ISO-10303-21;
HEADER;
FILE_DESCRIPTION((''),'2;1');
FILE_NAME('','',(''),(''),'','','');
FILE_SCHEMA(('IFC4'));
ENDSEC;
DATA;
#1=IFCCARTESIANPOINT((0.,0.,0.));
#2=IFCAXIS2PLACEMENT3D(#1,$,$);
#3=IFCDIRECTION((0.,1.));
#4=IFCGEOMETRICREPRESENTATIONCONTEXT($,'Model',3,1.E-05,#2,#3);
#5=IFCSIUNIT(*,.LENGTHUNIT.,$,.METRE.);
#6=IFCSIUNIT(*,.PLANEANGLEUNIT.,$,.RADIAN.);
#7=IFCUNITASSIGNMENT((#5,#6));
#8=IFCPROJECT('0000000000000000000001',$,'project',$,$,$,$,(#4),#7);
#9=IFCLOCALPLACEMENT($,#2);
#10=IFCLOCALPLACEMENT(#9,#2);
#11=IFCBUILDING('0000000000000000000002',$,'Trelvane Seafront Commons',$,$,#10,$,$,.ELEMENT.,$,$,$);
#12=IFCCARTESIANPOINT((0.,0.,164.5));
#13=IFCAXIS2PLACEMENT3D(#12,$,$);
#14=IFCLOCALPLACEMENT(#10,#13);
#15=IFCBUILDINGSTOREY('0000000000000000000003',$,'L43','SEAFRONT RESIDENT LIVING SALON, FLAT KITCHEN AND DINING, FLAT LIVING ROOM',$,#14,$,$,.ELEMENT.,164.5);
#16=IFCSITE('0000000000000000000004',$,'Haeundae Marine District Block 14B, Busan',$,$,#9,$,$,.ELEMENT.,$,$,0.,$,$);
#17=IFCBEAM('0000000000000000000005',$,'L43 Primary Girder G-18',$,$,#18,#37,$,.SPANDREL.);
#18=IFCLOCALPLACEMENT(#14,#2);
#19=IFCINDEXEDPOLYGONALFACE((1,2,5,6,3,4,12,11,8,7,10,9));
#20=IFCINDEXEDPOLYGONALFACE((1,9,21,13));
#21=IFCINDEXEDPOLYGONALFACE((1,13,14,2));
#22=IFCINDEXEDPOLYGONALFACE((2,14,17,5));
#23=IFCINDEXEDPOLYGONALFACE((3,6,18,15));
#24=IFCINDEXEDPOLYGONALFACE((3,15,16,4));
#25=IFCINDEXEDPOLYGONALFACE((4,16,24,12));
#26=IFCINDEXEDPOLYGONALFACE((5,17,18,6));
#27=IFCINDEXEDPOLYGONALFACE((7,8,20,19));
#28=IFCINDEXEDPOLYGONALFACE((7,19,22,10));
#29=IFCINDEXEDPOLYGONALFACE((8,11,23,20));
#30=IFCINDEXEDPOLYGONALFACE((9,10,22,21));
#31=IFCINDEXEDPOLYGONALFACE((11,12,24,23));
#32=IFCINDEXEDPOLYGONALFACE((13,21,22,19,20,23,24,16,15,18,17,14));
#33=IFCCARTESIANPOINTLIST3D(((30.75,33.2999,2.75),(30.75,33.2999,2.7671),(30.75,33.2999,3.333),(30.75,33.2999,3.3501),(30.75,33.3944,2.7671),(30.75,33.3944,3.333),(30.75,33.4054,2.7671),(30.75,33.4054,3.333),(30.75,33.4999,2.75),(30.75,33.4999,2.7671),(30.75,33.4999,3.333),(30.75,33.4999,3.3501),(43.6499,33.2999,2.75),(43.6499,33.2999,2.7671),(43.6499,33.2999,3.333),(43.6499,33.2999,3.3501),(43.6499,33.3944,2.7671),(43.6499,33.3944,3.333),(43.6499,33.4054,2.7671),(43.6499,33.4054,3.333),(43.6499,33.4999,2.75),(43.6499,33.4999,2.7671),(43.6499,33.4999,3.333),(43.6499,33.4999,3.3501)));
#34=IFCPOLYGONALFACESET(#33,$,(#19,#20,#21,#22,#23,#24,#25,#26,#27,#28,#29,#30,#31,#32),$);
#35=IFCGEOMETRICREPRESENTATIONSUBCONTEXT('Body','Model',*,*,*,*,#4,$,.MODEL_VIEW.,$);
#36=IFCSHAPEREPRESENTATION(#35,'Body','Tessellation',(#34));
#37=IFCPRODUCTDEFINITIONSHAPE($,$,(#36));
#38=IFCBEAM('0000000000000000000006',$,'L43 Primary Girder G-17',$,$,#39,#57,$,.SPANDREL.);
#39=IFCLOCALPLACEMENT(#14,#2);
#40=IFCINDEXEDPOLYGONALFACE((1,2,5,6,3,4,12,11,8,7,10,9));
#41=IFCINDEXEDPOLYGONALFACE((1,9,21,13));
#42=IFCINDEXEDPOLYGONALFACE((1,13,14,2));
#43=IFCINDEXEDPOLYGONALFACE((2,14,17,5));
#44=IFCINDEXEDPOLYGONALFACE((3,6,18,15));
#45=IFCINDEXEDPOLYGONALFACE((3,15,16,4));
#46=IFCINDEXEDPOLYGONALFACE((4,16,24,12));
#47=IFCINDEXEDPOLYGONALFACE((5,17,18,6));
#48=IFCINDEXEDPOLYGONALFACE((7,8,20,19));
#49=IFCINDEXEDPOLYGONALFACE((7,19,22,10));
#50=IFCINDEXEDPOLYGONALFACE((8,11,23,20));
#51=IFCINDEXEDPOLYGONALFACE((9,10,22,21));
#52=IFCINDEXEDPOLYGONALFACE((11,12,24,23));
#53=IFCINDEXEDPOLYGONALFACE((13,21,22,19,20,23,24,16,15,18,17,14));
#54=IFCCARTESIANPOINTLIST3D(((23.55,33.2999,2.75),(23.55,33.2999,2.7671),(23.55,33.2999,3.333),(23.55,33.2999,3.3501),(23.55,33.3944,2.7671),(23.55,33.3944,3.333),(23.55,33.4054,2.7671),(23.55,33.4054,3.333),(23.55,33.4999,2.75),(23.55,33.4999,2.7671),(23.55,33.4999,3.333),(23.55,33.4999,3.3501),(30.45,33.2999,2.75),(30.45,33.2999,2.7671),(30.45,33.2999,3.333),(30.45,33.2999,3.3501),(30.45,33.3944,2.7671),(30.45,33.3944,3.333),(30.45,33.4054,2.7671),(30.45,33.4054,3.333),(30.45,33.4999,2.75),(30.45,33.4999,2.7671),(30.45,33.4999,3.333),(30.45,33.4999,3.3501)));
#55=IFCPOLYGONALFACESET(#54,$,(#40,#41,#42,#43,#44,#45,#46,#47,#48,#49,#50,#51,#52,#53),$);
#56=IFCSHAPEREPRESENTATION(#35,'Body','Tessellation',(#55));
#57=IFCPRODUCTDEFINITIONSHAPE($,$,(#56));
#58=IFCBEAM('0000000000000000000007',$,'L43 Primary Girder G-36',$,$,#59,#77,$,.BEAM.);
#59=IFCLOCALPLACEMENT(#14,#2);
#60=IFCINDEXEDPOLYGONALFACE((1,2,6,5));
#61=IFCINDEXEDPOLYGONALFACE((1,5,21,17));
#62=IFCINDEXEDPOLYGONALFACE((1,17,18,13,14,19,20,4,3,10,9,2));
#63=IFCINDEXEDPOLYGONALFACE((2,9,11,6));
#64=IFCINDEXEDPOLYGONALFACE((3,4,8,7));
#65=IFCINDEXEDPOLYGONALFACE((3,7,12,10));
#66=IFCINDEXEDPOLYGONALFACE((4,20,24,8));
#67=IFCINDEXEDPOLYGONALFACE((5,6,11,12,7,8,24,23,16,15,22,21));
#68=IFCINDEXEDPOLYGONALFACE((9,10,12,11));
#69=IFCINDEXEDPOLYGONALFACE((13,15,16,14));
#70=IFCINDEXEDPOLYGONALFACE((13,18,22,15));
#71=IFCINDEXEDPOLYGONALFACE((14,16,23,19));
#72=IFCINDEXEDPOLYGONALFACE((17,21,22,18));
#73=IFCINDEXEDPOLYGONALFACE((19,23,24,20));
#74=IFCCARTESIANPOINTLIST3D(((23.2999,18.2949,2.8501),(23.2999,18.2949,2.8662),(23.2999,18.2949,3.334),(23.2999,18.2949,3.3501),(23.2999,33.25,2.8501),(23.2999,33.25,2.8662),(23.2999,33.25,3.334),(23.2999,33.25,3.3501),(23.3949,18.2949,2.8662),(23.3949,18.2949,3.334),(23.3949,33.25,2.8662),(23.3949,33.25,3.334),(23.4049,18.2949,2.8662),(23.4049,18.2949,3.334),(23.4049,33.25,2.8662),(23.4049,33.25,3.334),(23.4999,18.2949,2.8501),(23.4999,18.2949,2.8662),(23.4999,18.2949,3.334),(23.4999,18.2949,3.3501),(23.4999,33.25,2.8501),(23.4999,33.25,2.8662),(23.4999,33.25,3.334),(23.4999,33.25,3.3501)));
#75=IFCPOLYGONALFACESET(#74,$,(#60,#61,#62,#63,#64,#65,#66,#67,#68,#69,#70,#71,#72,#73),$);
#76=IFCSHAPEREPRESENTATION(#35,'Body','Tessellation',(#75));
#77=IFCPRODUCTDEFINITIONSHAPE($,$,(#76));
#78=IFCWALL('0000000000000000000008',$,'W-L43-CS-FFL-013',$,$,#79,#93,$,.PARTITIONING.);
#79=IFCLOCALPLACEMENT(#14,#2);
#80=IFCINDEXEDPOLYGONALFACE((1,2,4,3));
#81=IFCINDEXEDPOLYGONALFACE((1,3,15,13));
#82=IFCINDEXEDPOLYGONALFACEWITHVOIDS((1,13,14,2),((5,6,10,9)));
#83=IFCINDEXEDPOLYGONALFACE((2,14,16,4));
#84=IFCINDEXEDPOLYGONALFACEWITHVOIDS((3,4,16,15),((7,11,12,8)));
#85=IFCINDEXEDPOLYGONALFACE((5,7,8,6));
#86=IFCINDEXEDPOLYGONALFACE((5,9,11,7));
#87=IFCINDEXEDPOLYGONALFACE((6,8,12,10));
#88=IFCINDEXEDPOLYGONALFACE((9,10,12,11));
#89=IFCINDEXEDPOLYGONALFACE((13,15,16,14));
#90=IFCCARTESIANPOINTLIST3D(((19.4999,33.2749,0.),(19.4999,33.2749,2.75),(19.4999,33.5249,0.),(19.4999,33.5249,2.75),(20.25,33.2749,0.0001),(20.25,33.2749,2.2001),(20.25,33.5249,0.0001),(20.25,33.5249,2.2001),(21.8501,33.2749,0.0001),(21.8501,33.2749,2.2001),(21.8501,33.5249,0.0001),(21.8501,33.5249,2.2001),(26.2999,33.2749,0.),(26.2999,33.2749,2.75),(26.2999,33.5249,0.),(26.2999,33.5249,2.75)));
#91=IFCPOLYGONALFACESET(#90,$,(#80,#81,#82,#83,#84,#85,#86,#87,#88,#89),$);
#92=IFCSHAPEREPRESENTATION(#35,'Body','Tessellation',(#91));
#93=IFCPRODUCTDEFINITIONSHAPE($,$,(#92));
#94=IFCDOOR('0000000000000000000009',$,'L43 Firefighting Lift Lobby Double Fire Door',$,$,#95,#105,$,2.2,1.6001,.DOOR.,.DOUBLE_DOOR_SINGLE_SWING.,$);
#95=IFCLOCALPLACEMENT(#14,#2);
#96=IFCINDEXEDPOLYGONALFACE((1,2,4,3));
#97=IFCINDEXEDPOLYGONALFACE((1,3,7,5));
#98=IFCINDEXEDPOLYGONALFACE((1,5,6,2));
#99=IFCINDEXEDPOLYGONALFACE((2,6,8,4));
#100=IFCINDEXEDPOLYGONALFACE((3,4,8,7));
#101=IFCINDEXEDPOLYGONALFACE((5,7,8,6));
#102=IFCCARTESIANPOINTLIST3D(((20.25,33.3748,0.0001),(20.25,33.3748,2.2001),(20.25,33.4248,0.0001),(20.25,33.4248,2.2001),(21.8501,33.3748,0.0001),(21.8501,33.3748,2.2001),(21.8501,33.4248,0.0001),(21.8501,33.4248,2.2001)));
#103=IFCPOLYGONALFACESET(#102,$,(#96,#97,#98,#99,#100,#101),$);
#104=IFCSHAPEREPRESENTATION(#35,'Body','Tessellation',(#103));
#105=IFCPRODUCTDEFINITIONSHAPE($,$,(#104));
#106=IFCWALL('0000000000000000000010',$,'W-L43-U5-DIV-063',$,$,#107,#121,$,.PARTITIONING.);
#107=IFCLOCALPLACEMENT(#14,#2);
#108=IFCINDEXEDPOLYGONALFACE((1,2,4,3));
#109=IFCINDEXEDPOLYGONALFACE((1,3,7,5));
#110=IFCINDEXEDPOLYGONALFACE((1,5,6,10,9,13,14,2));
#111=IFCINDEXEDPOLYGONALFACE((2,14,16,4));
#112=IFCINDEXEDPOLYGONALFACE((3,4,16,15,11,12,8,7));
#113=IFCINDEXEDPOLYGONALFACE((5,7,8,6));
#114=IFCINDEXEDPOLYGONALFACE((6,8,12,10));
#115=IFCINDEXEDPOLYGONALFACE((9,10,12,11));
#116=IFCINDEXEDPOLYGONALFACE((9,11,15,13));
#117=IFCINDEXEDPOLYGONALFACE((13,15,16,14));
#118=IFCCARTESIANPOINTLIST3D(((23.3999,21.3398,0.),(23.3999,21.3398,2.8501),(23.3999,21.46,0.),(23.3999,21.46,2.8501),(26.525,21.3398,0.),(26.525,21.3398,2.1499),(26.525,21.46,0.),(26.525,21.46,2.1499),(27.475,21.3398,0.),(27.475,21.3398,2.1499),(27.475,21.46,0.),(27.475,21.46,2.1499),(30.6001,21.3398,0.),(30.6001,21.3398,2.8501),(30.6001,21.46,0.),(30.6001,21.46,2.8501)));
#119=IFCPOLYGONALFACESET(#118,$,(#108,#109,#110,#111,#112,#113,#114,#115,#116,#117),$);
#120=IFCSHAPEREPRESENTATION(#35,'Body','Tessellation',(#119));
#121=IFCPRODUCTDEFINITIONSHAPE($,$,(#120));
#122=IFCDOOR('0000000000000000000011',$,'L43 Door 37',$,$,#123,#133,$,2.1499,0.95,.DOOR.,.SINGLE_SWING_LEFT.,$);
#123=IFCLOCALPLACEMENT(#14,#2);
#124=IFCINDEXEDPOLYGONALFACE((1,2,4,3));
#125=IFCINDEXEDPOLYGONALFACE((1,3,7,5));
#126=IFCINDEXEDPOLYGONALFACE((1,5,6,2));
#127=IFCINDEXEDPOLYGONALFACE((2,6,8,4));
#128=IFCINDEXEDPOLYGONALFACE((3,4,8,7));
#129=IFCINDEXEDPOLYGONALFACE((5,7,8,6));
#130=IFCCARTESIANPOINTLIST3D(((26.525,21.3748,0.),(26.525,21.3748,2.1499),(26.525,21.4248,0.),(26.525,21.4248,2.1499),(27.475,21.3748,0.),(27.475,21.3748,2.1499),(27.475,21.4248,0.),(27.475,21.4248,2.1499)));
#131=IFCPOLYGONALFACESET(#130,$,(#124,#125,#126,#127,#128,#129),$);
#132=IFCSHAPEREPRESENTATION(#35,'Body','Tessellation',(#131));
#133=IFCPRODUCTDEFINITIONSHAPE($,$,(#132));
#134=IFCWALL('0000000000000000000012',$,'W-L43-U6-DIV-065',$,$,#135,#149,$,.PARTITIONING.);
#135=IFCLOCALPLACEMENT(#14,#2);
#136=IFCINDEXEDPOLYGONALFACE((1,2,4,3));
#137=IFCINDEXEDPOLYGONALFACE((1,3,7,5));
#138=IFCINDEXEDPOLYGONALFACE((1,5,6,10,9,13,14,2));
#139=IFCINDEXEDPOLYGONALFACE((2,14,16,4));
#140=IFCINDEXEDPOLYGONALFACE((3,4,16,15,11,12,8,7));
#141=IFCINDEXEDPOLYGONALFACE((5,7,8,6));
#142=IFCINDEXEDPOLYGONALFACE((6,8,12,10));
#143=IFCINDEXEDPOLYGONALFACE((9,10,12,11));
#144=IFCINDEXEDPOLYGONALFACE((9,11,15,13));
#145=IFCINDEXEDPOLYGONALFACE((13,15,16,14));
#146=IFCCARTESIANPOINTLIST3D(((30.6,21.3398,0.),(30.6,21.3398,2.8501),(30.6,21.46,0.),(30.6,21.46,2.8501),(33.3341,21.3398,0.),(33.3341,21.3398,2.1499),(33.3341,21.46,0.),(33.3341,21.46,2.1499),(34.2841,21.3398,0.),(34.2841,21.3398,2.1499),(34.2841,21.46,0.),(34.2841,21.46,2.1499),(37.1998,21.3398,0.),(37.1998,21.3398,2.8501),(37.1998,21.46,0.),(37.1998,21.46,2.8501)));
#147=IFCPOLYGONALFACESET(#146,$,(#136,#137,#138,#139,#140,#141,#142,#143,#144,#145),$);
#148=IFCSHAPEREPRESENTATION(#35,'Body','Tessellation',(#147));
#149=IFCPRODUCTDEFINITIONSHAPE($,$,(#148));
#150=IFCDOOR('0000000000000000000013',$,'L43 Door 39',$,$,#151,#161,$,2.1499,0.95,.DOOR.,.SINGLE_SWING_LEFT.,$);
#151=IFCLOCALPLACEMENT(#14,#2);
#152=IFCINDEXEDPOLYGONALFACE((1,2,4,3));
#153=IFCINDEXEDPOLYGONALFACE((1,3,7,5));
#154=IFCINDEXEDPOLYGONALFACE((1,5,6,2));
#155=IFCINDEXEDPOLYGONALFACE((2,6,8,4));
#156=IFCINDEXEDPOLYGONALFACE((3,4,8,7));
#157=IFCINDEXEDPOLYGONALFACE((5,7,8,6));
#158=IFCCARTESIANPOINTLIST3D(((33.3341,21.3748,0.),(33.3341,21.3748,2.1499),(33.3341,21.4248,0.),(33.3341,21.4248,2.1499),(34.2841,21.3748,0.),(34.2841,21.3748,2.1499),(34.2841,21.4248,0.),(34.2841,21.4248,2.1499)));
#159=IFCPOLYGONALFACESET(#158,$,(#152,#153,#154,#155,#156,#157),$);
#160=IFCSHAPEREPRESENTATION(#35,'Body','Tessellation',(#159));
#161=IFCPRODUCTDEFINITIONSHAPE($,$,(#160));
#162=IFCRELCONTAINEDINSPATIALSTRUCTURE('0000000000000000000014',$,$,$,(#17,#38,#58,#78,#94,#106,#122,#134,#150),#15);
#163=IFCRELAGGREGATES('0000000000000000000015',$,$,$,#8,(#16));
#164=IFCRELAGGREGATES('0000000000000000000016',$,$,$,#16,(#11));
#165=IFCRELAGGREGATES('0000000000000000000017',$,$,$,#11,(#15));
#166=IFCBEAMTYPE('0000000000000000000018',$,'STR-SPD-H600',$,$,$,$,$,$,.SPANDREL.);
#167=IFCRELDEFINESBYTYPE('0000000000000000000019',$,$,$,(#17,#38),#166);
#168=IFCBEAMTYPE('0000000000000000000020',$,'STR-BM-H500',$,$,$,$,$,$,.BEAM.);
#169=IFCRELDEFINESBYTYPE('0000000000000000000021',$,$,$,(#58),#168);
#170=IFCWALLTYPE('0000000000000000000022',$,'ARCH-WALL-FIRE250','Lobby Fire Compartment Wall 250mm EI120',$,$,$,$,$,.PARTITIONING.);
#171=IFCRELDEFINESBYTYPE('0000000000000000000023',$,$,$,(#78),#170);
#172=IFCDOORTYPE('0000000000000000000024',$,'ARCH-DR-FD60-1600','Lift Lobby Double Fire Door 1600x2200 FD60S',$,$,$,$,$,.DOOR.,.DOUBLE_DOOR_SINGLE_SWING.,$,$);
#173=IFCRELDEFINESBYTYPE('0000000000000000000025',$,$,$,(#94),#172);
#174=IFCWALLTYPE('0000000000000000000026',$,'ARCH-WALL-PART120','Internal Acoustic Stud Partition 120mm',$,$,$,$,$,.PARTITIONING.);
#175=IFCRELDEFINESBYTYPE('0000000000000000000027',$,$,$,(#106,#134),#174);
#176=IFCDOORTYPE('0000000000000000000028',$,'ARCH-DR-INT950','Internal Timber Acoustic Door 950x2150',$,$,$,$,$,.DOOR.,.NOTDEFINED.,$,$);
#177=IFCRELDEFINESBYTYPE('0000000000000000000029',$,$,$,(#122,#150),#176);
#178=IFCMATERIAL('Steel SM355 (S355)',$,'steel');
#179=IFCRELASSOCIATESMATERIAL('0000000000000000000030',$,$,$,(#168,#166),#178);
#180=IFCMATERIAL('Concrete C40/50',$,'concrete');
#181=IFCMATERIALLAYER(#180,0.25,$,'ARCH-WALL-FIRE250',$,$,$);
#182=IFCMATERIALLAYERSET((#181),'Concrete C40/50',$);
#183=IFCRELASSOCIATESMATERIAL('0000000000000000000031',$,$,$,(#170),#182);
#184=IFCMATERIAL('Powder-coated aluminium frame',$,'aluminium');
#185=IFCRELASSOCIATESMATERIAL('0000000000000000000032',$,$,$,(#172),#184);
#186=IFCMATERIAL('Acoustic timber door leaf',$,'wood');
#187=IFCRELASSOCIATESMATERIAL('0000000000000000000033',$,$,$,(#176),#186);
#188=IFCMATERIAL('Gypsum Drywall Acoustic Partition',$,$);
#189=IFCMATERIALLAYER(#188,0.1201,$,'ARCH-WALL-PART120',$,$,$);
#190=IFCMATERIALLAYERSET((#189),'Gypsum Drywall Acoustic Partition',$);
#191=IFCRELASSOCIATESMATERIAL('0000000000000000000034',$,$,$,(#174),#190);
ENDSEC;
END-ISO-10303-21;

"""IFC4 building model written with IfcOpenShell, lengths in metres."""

from ifc_helpers import new_model, si_unit, direction, frame, frame_2d, origin, origin_2d, place, context, subcontext, project, spatial, rectangle, i_section, extrude, source, transform, mapped, material, layer, layer_set, material_profile, profile_set, type_object, element, fill, save


model = new_model("IFC4")

# Units and contexts
model_context = context("Model", 3, precision=1e-05, world=origin(), true_north=direction((0.0, 1.0)))
body_context = subcontext(model_context, "Body", "Model", "MODEL_VIEW")
ifc_project = project(units=[si_unit("LENGTHUNIT", "METRE"), si_unit("PLANEANGLEUNIT", "RADIAN")], contexts=[model_context])

# Site, building, storey
site_placement = place(None, origin())
site = spatial("IfcSite", under=ifc_project, at=site_placement, Name="Haeundae Marine District Block 14B, Busan", CompositionType="ELEMENT", RefElevation=0.0)
building_placement = place(site_placement, origin())
building = spatial("IfcBuilding", under=site, at=building_placement, Name="Trelvane Seafront Commons", CompositionType="ELEMENT")
storey_placement = place(building_placement, frame((0.0, 0.0, 164.5)))
storey = spatial("IfcBuildingStorey", under=building, at=storey_placement, Name="L43", Description="SEAFRONT RESIDENT LIVING SALON, FLAT KITCHEN AND DINING, FLAT LIVING ROOM", CompositionType="ELEMENT", Elevation=164.5)

# Shared definitions
ifc_material_1 = material(Name="Steel SM355 (S355)", Category="steel")

# Beams
ifc_material_profile_1 = material_profile(ifc_material_1, i_section(OverallWidth=0.2, OverallDepth=0.5, WebThickness=0.01, FlangeThickness=0.0161, at=origin_2d()), Name="H-500x200x10x16")
ifc_profile_set_1 = profile_set([ifc_material_profile_1], Name="Steel SM355 (S355)")
beam_type_1 = type_object("IfcBeamType", Name="STR-BM-H500", PredefinedType="BEAM", material=ifc_profile_set_1)
ifc_material_profile_2 = material_profile(ifc_material_1, i_section(OverallWidth=0.2, OverallDepth=0.6001, WebThickness=0.011, FlangeThickness=0.0171, at=origin_2d()), Name="H-600x200x11x17")
ifc_profile_set_2 = profile_set([ifc_material_profile_2], Name="Steel SM355 (S355)")
beam_type_2 = type_object("IfcBeamType", Name="STR-SPD-H600", PredefinedType="SPANDREL", material=ifc_profile_set_2)
shared_shape_1 = source(origin(), body_context, "Body", "SweptSolid", [
    extrude(i_section(OverallWidth=0.2, OverallDepth=0.6001, WebThickness=0.011, FlangeThickness=0.0171, at=origin_2d()), origin(), (0.0, 0.0, 1.0), 12.8999),
])
for number, where, z_axis, x_axis, name in (
    (1, (30.75, 33.3999, 3.05), (1.0, 0.0, 0.0), (0.0, 1.0, 0.0), "L43 Primary Girder G-18"),
):
    element("IfcBeam", number, at=place(storey_placement, frame(where, z_axis=z_axis, x_axis=x_axis)), inside=storey, type_object=beam_type_2, Name=name, PredefinedType="SPANDREL", context=body_context, shape_type="MappedRepresentation", body=[
        mapped(shared_shape_1, transform((0.0, 0.0, 0.0), x_axis=(1.0, 0.0, 0.0), y_axis=(0.0, 1.0, 0.0), z_axis=(0.0, 0.0, 1.0), scale=1.0)),
    ])
shared_shape_2 = source(origin(), body_context, "Body", "SweptSolid", [
    extrude(i_section(OverallWidth=0.2, OverallDepth=0.6001, WebThickness=0.011, FlangeThickness=0.0171, at=origin_2d()), origin(), (0.0, 0.0, 1.0), 6.8999),
])
beam_1_placement = place(storey_placement, frame((23.55, 33.3999, 3.05), z_axis=(1.0, 0.0, 0.0), x_axis=(0.0, 1.0, 0.0)))
element("IfcBeam", 2, at=beam_1_placement, inside=storey, type_object=beam_type_2, Name="L43 Primary Girder G-17", PredefinedType="SPANDREL", context=body_context, shape_type="MappedRepresentation", body=[
    mapped(shared_shape_2, transform((0.0, 0.0, 0.0), x_axis=(1.0, 0.0, 0.0), y_axis=(0.0, 1.0, 0.0), z_axis=(0.0, 0.0, 1.0), scale=1.0)),
])
shared_shape_3 = source(origin(), body_context, "Body", "SweptSolid", [
    extrude(i_section(OverallWidth=0.2, OverallDepth=0.5, WebThickness=0.01, FlangeThickness=0.0161, at=origin_2d()), origin(), (0.0, 0.0, 1.0), 14.9551),
])
beam_2_placement = place(storey_placement, frame((23.3999, 18.2949, 3.1001), z_axis=(0.0, 1.0, 0.0), x_axis=(-1.0, 0.0, 0.0)))
element("IfcBeam", 3, at=beam_2_placement, inside=storey, type_object=beam_type_1, Name="L43 Primary Girder G-36", PredefinedType="BEAM", context=body_context, shape_type="MappedRepresentation", body=[
    mapped(shared_shape_3, transform((0.0, 0.0, 0.0), x_axis=(1.0, 0.0, 0.0), y_axis=(0.0, 1.0, 0.0), z_axis=(0.0, 0.0, 1.0), scale=1.0)),
])

# Walls, openings, doors
ifc_material_2 = material(Name="Concrete C40/50", Category="concrete")
ifc_layer_1 = layer(ifc_material_2, 0.25, Name="ARCH-WALL-FIRE250")
ifc_layer_set_1 = layer_set([ifc_layer_1], Name="Concrete C40/50")
wall_type_1 = type_object("IfcWallType", Name="ARCH-WALL-FIRE250", Description="Lobby Fire Compartment Wall 250mm EI120", PredefinedType="PARTITIONING", material=ifc_layer_set_1)
wall_1_placement = place(storey_placement, frame((19.5, 33.3999, 0.0), z_axis=(0.0, 0.0, 1.0), x_axis=(1.0, 0.0, 0.0)))
wall_1 = element("IfcWall", 4, at=wall_1_placement, inside=storey, type_object=wall_type_1, Name="W-L43-CS-FFL-013", PredefinedType="PARTITIONING", context=body_context, shape_type="SweptSolid", body=[
    extrude(rectangle(XDim=6.8, YDim=0.25, at=frame_2d((3.3999, 0.0))), origin(), (0.0, 0.0, 1.0), 2.75),
])
opening_1_placement = place(wall_1_placement, frame((0.75, 0.0, 0.0)))
opening_1 = element("IfcOpeningElement", 5, at=opening_1_placement, cuts=wall_1, PredefinedType="OPENING", context=body_context, shape_type="SweptSolid", body=[
    extrude(rectangle(XDim=1.6001, YDim=2.2, at=frame_2d((0.8, 1.1001))), frame((0.0, 0.135, 0.0), z_axis=(0.0, -1.0, 0.0), x_axis=(1.0, 0.0, 0.0)), (0.0, 0.0, 1.0), 0.27),
])
ifc_material_3 = material(Name="Powder-coated aluminium frame", Category="aluminium")
door_type_1 = type_object("IfcDoorType", Name="ARCH-DR-FD60-1600", Description="Lift Lobby Double Fire Door 1600x2200 FD60S", OperationType="DOUBLE_DOOR_SINGLE_SWING", PredefinedType="DOOR", material=ifc_material_3)
shared_shape_4 = source(origin(), body_context, "Body", "SweptSolid", [
    extrude(rectangle(XDim=1.6001, YDim=2.2, at=frame_2d((0.8, 1.1001))), frame((0.0, 0.0249, 0.0), z_axis=(0.0, -1.0, 0.0), x_axis=(1.0, 0.0, 0.0)), (0.0, 0.0, 1.0), 0.05),
])
door_1_placement = place(opening_1_placement, origin())
door_1 = element("IfcDoor", 6, at=door_1_placement, inside=storey, type_object=door_type_1, Name="L43 Firefighting Lift Lobby Double Fire Door", OperationType="DOUBLE_DOOR_SINGLE_SWING", OverallHeight=2.2, OverallWidth=1.6001, PredefinedType="DOOR", context=body_context, shape_type="MappedRepresentation", body=[
    mapped(shared_shape_4, transform((0.0, 0.0, 0.0), x_axis=(1.0, 0.0, 0.0), y_axis=(0.0, 1.0, 0.0), z_axis=(0.0, 0.0, 1.0), scale=1.0)),
])
fill(opening_1, door_1)
ifc_material_4 = material(Name="Acoustic timber door leaf", Category="wood")
door_type_2 = type_object("IfcDoorType", Name="ARCH-DR-INT950", Description="Internal Timber Acoustic Door 950x2150", OperationType="NOTDEFINED", PredefinedType="DOOR", material=ifc_material_4)
shared_shape_5 = source(origin(), body_context, "Body", "SweptSolid", [
    extrude(rectangle(XDim=0.95, YDim=2.1499, at=frame_2d((0.4751, 1.075))), frame((0.0, 0.0249, 0.0), z_axis=(0.0, -1.0, 0.0), x_axis=(1.0, 0.0, 0.0)), (0.0, 0.0, 1.0), 0.05),
])
ifc_material_5 = material(Name="Gypsum Drywall Acoustic Partition")
ifc_layer_2 = layer(ifc_material_5, 0.1201, Name="ARCH-WALL-PART120")
ifc_layer_set_2 = layer_set([ifc_layer_2], Name="Gypsum Drywall Acoustic Partition")
wall_type_2 = type_object("IfcWallType", Name="ARCH-WALL-PART120", Description="Internal Acoustic Stud Partition 120mm", PredefinedType="PARTITIONING", material=ifc_layer_set_2)
wall_2_placement = place(storey_placement, frame((23.3999, 21.3999, 0.0), z_axis=(0.0, 0.0, 1.0), x_axis=(1.0, 0.0, 0.0)))
wall_2 = element("IfcWall", 7, at=wall_2_placement, inside=storey, type_object=wall_type_2, Name="W-L43-U5-DIV-063", PredefinedType="PARTITIONING", context=body_context, shape_type="SweptSolid", body=[
    extrude(rectangle(XDim=7.2002, YDim=0.1201, at=frame_2d((3.6001, 0.0))), origin(), (0.0, 0.0, 1.0), 2.8501),
])
opening_2_placement = place(wall_2_placement, frame((3.125, 0.0, 0.0)))
opening_2 = element("IfcOpeningElement", 8, at=opening_2_placement, cuts=wall_2, PredefinedType="OPENING", context=body_context, shape_type="SweptSolid", body=[
    extrude(rectangle(XDim=0.95, YDim=2.1499, at=frame_2d((0.4751, 1.075))), frame((0.0, 0.0701, 0.0), z_axis=(0.0, -1.0, 0.0), x_axis=(1.0, 0.0, 0.0)), (0.0, 0.0, 1.0), 0.1401),
])
door_2_placement = place(opening_2_placement, origin())
door_2 = element("IfcDoor", 9, at=door_2_placement, inside=storey, type_object=door_type_2, Name="L43 Door 37", OperationType="SINGLE_SWING_LEFT", OverallHeight=2.1499, OverallWidth=0.95, PredefinedType="DOOR", context=body_context, shape_type="MappedRepresentation", body=[
    mapped(shared_shape_5, transform((0.0, 0.0, 0.0), x_axis=(1.0, 0.0, 0.0), y_axis=(0.0, 1.0, 0.0), z_axis=(0.0, 0.0, 1.0), scale=1.0)),
])
fill(opening_2, door_2)
wall_3_placement = place(storey_placement, frame((30.6001, 21.3999, 0.0), z_axis=(0.0, 0.0, 1.0), x_axis=(1.0, 0.0, 0.0)))
wall_3 = element("IfcWall", 10, at=wall_3_placement, inside=storey, type_object=wall_type_2, Name="W-L43-U6-DIV-065", PredefinedType="PARTITIONING", context=body_context, shape_type="SweptSolid", body=[
    extrude(rectangle(XDim=6.5999, YDim=0.1201, at=frame_2d((3.2998, 0.0))), origin(), (0.0, 0.0, 1.0), 2.8501),
])
opening_3_placement = place(wall_3_placement, frame((2.7339, 0.0, 0.0)))
opening_3 = element("IfcOpeningElement", 11, at=opening_3_placement, cuts=wall_3, PredefinedType="OPENING", context=body_context, shape_type="SweptSolid", body=[
    extrude(rectangle(XDim=0.95, YDim=2.1499, at=frame_2d((0.4751, 1.075))), frame((0.0, 0.0701, 0.0), z_axis=(0.0, -1.0, 0.0), x_axis=(1.0, 0.0, 0.0)), (0.0, 0.0, 1.0), 0.1401),
])
door_3_placement = place(opening_3_placement, origin())
door_3 = element("IfcDoor", 12, at=door_3_placement, inside=storey, type_object=door_type_2, Name="L43 Door 39", OperationType="SINGLE_SWING_LEFT", OverallHeight=2.1499, OverallWidth=0.95, PredefinedType="DOOR", context=body_context, shape_type="MappedRepresentation", body=[
    mapped(shared_shape_5, transform((0.0, 0.0, 0.0), x_axis=(1.0, 0.0, 0.0), y_axis=(0.0, 1.0, 0.0), z_axis=(0.0, 0.0, 1.0), scale=1.0)),
])
fill(opening_3, door_3)

save(model, "model.ifc")
